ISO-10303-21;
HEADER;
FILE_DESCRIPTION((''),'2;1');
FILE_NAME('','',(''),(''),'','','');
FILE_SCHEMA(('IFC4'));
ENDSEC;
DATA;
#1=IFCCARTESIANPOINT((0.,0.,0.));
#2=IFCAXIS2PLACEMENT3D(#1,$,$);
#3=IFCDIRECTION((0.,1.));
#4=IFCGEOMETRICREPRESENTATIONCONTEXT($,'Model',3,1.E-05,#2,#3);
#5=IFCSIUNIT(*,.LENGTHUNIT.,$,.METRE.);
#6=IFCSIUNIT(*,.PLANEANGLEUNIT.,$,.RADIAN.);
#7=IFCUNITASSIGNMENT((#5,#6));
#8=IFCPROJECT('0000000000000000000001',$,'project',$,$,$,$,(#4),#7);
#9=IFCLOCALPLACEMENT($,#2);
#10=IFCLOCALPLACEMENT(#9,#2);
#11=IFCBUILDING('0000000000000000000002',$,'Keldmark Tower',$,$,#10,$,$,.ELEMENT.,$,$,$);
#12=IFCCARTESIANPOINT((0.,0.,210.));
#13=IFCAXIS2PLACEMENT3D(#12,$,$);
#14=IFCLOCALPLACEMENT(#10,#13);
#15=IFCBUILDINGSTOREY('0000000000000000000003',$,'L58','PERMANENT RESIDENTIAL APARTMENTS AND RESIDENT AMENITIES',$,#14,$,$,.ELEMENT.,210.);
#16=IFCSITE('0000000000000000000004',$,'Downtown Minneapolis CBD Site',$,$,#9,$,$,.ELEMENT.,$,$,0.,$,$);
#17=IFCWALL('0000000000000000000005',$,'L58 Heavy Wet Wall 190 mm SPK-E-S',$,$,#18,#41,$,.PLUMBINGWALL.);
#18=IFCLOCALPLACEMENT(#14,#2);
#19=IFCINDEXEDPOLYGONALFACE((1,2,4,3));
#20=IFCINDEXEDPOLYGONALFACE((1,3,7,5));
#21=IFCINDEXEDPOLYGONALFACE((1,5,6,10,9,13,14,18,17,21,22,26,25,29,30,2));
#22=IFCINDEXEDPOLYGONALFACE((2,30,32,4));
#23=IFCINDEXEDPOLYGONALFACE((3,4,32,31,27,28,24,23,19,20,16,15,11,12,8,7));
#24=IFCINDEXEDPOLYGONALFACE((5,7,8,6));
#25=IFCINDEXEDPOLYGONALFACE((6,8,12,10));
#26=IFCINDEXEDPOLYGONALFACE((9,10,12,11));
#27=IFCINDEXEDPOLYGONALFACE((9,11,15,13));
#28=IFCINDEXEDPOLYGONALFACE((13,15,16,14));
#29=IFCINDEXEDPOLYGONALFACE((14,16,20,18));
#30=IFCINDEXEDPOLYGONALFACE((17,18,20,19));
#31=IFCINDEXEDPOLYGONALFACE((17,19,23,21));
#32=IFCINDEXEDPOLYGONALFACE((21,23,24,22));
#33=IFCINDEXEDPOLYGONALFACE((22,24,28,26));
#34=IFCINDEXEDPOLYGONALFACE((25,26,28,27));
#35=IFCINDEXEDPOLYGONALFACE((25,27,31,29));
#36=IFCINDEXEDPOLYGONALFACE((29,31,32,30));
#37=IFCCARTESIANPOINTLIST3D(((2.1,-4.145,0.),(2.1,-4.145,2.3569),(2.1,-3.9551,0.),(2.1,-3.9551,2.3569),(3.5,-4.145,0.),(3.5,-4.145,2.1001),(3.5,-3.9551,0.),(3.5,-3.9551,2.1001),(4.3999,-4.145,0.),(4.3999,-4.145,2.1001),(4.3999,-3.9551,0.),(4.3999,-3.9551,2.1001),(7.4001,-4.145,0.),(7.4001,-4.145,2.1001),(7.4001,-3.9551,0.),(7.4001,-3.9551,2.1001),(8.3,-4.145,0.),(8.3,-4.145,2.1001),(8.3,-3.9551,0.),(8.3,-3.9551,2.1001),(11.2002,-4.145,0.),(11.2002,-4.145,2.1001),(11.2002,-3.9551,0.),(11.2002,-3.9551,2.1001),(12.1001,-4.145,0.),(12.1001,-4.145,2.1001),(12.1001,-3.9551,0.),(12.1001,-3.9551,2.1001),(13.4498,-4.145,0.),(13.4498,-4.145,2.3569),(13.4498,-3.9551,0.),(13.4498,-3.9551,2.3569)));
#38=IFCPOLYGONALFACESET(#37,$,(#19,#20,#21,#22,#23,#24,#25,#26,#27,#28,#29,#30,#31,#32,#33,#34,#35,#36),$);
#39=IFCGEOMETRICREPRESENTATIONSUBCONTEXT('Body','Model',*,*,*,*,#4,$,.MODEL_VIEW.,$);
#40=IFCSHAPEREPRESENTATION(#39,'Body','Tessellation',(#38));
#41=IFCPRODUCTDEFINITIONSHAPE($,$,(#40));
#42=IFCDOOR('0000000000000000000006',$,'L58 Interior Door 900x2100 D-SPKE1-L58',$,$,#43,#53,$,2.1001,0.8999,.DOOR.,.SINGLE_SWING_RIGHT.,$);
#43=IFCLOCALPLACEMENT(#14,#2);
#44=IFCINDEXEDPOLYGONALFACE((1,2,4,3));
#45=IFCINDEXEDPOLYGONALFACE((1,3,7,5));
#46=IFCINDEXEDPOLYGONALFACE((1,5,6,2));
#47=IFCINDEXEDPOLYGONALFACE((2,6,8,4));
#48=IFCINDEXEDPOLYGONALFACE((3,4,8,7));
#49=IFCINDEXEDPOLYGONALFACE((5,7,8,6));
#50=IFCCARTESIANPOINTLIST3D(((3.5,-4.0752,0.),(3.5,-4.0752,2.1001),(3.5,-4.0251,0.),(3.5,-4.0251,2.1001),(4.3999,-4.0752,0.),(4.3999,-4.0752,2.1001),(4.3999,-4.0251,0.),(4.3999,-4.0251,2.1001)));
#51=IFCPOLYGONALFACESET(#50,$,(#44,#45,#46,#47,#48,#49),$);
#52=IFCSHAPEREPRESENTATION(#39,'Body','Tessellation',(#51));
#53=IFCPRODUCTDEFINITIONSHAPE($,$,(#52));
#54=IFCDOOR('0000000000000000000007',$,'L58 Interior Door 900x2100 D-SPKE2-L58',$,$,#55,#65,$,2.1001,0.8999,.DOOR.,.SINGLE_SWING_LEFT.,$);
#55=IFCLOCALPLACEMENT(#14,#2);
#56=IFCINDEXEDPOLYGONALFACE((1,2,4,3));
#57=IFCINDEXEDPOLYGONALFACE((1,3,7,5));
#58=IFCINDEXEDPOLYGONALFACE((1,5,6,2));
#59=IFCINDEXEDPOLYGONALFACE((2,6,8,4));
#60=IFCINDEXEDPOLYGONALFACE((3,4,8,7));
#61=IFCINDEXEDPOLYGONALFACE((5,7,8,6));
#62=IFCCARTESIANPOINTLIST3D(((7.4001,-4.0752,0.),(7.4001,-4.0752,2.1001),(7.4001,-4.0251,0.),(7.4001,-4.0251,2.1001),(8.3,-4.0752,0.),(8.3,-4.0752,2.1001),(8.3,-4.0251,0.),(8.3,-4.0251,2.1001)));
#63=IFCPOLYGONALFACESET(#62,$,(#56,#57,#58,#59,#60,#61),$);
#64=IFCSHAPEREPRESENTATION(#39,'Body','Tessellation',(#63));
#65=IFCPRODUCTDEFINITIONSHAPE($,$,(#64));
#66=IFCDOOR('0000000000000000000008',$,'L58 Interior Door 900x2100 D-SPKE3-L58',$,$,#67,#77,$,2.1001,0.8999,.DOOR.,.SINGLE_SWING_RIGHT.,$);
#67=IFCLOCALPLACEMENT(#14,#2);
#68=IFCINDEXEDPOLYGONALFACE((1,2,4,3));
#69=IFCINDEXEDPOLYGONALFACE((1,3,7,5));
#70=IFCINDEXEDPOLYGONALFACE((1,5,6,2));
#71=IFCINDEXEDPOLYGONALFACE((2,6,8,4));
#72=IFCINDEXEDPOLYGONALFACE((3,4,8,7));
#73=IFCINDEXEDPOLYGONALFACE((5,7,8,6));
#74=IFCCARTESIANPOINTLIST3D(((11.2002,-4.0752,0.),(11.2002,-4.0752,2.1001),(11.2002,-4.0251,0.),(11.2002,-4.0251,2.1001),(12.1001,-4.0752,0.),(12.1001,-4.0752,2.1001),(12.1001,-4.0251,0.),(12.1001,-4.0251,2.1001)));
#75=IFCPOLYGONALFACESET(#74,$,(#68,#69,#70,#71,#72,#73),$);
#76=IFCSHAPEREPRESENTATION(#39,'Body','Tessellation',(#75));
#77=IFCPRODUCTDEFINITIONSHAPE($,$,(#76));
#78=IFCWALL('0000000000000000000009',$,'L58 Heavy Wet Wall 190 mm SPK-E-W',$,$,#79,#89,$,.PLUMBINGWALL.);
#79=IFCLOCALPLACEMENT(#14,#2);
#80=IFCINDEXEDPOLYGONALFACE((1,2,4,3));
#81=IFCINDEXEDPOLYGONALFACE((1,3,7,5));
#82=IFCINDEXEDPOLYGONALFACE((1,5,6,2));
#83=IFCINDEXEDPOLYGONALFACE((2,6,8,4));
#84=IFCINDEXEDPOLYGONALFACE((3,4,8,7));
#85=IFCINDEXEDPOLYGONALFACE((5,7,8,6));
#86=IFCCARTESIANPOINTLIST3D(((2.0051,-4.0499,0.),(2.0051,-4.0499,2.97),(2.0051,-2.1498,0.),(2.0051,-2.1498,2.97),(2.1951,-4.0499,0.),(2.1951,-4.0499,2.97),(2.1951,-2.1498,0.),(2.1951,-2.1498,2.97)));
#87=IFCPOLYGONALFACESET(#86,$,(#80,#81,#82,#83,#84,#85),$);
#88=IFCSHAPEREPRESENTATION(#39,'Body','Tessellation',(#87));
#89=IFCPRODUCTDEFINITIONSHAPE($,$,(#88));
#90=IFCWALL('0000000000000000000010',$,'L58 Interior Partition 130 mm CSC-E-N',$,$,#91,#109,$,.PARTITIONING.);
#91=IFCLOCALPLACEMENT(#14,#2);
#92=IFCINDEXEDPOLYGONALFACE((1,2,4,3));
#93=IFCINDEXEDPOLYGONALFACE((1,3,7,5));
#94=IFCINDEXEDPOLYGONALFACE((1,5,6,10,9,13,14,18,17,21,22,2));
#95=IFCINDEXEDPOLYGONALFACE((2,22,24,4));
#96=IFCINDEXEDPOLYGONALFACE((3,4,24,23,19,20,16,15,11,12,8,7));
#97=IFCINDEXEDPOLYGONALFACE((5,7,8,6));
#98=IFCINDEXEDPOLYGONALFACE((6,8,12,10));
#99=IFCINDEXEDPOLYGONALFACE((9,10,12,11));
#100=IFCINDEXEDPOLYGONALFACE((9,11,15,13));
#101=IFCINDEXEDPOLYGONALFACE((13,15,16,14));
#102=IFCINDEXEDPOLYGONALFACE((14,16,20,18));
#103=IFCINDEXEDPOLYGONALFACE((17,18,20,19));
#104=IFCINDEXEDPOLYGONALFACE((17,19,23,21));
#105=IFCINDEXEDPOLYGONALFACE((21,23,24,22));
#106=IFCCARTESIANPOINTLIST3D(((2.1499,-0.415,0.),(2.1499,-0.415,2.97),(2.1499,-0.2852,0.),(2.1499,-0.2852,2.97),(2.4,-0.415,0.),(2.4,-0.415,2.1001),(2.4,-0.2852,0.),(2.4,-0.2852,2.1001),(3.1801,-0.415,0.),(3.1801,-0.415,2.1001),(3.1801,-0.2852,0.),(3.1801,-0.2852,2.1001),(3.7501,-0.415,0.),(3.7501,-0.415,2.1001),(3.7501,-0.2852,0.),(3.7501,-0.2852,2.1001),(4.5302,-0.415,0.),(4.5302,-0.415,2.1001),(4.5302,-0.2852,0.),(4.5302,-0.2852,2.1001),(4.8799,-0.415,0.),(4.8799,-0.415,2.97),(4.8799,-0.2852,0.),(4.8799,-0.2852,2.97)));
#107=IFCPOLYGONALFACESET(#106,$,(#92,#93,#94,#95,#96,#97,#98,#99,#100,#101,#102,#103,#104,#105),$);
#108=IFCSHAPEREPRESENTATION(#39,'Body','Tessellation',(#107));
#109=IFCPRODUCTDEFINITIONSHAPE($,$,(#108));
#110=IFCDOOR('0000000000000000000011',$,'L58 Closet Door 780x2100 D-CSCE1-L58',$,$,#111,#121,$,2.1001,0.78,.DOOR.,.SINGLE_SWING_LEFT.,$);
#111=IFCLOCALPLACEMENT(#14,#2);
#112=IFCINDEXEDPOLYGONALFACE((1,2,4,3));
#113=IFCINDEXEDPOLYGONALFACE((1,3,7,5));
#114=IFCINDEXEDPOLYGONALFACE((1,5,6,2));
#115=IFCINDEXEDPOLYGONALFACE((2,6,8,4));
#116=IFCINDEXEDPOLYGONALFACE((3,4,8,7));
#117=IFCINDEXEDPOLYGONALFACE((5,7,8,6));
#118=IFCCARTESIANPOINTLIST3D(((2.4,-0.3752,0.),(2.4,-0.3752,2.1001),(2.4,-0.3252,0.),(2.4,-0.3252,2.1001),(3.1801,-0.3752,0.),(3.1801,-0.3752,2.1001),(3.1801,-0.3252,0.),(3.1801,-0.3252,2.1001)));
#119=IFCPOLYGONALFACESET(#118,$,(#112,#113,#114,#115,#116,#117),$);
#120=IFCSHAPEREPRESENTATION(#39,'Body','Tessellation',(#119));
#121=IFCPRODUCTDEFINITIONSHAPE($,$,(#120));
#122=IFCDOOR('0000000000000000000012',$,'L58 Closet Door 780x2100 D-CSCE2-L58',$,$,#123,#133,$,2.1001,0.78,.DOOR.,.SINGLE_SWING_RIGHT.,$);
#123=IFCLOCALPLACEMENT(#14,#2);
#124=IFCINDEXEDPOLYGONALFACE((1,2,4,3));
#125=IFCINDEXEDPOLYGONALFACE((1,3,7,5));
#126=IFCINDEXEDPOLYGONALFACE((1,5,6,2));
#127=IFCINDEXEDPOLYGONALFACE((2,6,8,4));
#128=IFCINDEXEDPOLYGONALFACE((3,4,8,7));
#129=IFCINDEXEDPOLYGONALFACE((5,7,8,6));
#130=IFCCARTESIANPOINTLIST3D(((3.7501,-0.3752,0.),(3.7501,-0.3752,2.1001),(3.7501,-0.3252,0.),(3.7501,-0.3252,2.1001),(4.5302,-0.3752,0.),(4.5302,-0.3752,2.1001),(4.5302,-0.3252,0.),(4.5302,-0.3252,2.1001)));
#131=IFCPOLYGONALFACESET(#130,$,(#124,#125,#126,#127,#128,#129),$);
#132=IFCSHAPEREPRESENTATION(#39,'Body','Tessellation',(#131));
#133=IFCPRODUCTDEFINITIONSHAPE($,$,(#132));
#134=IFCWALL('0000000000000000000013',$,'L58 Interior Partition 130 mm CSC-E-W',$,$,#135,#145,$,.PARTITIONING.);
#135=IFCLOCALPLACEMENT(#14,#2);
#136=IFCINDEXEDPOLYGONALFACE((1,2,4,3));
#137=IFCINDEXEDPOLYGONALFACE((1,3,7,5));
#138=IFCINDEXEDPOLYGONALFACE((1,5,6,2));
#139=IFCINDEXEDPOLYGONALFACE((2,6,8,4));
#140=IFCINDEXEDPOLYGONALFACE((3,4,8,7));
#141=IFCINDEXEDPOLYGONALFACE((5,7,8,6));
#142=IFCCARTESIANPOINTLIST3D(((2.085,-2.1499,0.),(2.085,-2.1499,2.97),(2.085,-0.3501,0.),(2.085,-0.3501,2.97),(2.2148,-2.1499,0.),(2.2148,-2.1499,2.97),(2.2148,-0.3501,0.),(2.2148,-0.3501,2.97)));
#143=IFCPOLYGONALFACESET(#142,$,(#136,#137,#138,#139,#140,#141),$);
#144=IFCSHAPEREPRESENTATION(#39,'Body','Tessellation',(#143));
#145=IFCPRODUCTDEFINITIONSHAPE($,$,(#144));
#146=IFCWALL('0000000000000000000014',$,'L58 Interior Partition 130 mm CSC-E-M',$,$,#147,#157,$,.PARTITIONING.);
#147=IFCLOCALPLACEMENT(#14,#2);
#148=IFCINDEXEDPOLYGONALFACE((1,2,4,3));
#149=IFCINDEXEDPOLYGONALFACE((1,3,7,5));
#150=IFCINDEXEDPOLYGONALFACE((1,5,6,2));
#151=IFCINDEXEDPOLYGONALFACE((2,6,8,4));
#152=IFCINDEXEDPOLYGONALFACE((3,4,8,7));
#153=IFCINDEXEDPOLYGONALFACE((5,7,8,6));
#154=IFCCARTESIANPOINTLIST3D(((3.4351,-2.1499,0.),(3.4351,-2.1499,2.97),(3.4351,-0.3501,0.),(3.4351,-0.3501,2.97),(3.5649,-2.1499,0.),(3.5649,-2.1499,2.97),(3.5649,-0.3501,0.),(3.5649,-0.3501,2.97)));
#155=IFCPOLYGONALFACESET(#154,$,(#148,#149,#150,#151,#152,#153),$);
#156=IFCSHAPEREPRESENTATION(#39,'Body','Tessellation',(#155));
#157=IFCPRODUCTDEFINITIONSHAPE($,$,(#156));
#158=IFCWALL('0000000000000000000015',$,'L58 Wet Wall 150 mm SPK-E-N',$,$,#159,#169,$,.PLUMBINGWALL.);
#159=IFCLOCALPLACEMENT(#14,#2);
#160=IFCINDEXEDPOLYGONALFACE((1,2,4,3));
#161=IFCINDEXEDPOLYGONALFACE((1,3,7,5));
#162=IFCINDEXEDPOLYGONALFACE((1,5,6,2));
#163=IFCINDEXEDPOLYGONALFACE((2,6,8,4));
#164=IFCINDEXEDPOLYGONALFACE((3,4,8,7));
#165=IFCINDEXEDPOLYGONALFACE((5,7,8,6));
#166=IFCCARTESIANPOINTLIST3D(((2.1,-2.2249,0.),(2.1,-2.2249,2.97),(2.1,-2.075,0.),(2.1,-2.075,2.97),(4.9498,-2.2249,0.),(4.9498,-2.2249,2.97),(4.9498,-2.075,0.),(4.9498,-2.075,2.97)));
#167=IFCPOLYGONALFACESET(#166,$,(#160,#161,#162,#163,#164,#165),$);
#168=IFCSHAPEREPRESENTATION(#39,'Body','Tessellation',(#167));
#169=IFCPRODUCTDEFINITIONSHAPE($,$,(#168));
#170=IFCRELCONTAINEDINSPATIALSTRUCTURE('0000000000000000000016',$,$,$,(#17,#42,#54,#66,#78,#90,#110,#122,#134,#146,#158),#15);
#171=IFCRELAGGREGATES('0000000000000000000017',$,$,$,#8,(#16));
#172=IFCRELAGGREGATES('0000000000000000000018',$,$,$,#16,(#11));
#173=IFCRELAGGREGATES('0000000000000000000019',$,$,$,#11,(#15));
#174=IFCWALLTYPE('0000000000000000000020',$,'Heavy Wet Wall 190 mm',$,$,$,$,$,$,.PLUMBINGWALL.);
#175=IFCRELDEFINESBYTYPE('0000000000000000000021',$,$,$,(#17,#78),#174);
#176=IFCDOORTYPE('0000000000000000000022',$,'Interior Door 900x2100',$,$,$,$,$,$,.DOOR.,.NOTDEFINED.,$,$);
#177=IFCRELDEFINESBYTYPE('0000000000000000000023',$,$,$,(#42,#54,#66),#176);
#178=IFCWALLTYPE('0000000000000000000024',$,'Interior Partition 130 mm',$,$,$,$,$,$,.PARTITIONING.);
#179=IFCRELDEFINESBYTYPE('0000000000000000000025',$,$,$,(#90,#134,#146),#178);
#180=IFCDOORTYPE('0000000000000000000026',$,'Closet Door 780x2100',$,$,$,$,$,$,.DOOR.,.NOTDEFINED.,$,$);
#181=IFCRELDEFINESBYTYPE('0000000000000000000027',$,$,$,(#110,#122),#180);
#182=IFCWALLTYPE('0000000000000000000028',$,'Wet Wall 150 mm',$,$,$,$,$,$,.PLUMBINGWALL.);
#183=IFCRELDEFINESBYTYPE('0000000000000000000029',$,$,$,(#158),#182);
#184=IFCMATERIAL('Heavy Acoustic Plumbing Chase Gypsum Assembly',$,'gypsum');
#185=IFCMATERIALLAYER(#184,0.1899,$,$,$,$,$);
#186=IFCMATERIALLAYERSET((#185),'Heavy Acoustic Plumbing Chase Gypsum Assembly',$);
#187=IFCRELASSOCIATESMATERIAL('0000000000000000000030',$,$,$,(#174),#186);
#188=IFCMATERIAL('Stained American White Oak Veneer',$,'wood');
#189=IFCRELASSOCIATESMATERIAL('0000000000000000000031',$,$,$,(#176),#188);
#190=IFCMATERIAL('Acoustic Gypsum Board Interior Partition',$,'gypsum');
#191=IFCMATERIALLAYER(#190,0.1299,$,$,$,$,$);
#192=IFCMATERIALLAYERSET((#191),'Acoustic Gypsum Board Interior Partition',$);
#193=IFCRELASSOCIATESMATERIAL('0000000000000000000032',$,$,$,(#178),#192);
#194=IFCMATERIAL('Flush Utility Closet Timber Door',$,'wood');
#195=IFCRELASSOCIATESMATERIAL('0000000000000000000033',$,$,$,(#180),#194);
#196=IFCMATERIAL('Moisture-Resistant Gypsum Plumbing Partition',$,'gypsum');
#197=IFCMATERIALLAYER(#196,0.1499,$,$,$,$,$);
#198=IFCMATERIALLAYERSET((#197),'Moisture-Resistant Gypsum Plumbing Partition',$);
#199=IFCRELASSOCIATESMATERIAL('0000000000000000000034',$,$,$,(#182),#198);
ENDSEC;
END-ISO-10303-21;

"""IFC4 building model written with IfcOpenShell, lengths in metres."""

from ifc_helpers import new_model, si_unit, direction, frame, frame_2d, origin, place, context, subcontext, project, spatial, rectangle, extrude, material, layer, layer_set, type_object, element, fill, save


model = new_model("IFC4")

# Units and contexts
model_context = context("Model", 3, precision=1e-05, world=origin(), true_north=direction((0.0, 1.0)))
body_context = subcontext(model_context, "Body", "Model", "MODEL_VIEW")
ifc_project = project(units=[si_unit("LENGTHUNIT", "METRE"), si_unit("PLANEANGLEUNIT", "RADIAN")], contexts=[model_context])

# Site, building, storey
site_placement = place(None, origin())
site = spatial("IfcSite", under=ifc_project, at=site_placement, Name="Downtown Minneapolis CBD Site", CompositionType="ELEMENT", RefElevation=0.0)
building_placement = place(site_placement, origin())
building = spatial("IfcBuilding", under=site, at=building_placement, Name="Keldmark Tower", CompositionType="ELEMENT")
storey_placement = place(building_placement, frame((0.0, 0.0, 210.0)))
storey = spatial("IfcBuildingStorey", under=building, at=storey_placement, Name="L58", Description="PERMANENT RESIDENTIAL APARTMENTS AND RESIDENT AMENITIES", CompositionType="ELEMENT", Elevation=210.0)

# Wall, openings, doors
ifc_material_1 = material(Name="Heavy Acoustic Plumbing Chase Gypsum Assembly", Category="gypsum")
ifc_layer_1 = layer(ifc_material_1, 0.1899)
ifc_layer_set_1 = layer_set([ifc_layer_1], Name="Heavy Acoustic Plumbing Chase Gypsum Assembly")
wall_type_1 = type_object("IfcWallType", Name="Heavy Wet Wall 190 mm", PredefinedType="PLUMBINGWALL", material=ifc_layer_set_1)
wall_1_placement = place(storey_placement, frame((2.1001, -4.05, 0.0), z_axis=(0.0, 0.0, 1.0), x_axis=(1.0, 0.0, 0.0)))
wall_1 = element("IfcWall", 1, at=wall_1_placement, inside=storey, type_object=wall_type_1, Name="L58 Heavy Wet Wall 190 mm SPK-E-S", PredefinedType="PLUMBINGWALL", context=body_context, shape_type="SweptSolid", body=[
    extrude(rectangle(XDim=11.3499, YDim=0.1899, at=frame_2d((5.6748, 0.0))), origin(), (0.0, 0.0, 1.0), 2.3569),
])
opening_1_placement = place(wall_1_placement, frame((1.3999, 0.0, 0.0)))
opening_1 = element("IfcOpeningElement", 2, at=opening_1_placement, cuts=wall_1, PredefinedType="OPENING", context=body_context, shape_type="SweptSolid", body=[
    extrude(rectangle(XDim=0.8999, YDim=2.1001, at=frame_2d((0.45, 1.05))), frame((0.0, 0.105, 0.0), z_axis=(0.0, -1.0, 0.0), x_axis=(1.0, 0.0, 0.0)), (0.0, 0.0, 1.0), 0.21),
])
opening_2_placement = place(wall_1_placement, frame((5.3, 0.0, 0.0)))
opening_2 = element("IfcOpeningElement", 3, at=opening_2_placement, cuts=wall_1, PredefinedType="OPENING", context=body_context, shape_type="SweptSolid", body=[
    extrude(rectangle(XDim=0.8999, YDim=2.1001, at=frame_2d((0.45, 1.05))), frame((0.0, 0.105, 0.0), z_axis=(0.0, -1.0, 0.0), x_axis=(1.0, 0.0, 0.0)), (0.0, 0.0, 1.0), 0.21),
])
opening_3_placement = place(wall_1_placement, frame((9.1001, 0.0, 0.0)))
opening_3 = element("IfcOpeningElement", 4, at=opening_3_placement, cuts=wall_1, PredefinedType="OPENING", context=body_context, shape_type="SweptSolid", body=[
    extrude(rectangle(XDim=0.8999, YDim=2.1001, at=frame_2d((0.45, 1.05))), frame((0.0, 0.105, 0.0), z_axis=(0.0, -1.0, 0.0), x_axis=(1.0, 0.0, 0.0)), (0.0, 0.0, 1.0), 0.21),
])
ifc_material_2 = material(Name="Stained American White Oak Veneer", Category="wood")
door_type_1 = type_object("IfcDoorType", Name="Interior Door 900x2100", OperationType="NOTDEFINED", PredefinedType="DOOR", material=ifc_material_2)
door_1_placement = place(opening_1_placement, origin())
door_1 = element("IfcDoor", 5, at=door_1_placement, inside=storey, type_object=door_type_1, Name="L58 Interior Door 900x2100 D-SPKE1-L58", OperationType="SINGLE_SWING_RIGHT", OverallHeight=2.1001, OverallWidth=0.8999, PredefinedType="DOOR", context=body_context, shape_type="SweptSolid", body=[
    extrude(rectangle(XDim=0.8999, YDim=2.1001, at=frame_2d((0.45, 1.05))), frame((0.0, 0.0249, 0.0), z_axis=(0.0, -1.0, 0.0), x_axis=(1.0, 0.0, 0.0)), (0.0, 0.0, 1.0), 0.05),
])
fill(opening_1, door_1)
door_2_placement = place(opening_2_placement, origin())
door_2 = element("IfcDoor", 6, at=door_2_placement, inside=storey, type_object=door_type_1, Name="L58 Interior Door 900x2100 D-SPKE2-L58", OperationType="SINGLE_SWING_LEFT", OverallHeight=2.1001, OverallWidth=0.8999, PredefinedType="DOOR", context=body_context, shape_type="SweptSolid", body=[
    extrude(rectangle(XDim=0.8999, YDim=2.1001, at=frame_2d((0.45, 1.05))), frame((0.0, 0.0249, 0.0), z_axis=(0.0, -1.0, 0.0), x_axis=(1.0, 0.0, 0.0)), (0.0, 0.0, 1.0), 0.05),
])
fill(opening_2, door_2)
door_3_placement = place(opening_3_placement, origin())
door_3 = element("IfcDoor", 7, at=door_3_placement, inside=storey, type_object=door_type_1, Name="L58 Interior Door 900x2100 D-SPKE3-L58", OperationType="SINGLE_SWING_RIGHT", OverallHeight=2.1001, OverallWidth=0.8999, PredefinedType="DOOR", context=body_context, shape_type="SweptSolid", body=[
    extrude(rectangle(XDim=0.8999, YDim=2.1001, at=frame_2d((0.45, 1.05))), frame((0.0, 0.0249, 0.0), z_axis=(0.0, -1.0, 0.0), x_axis=(1.0, 0.0, 0.0)), (0.0, 0.0, 1.0), 0.05),
])
fill(opening_3, door_3)

# Wall
wall_2_placement = place(storey_placement, frame((2.1001, -4.05, 0.0), z_axis=(0.0, 0.0, 1.0), x_axis=(0.0, 1.0, 0.0)))
element("IfcWall", 8, at=wall_2_placement, inside=storey, type_object=wall_type_1, Name="L58 Heavy Wet Wall 190 mm SPK-E-W", PredefinedType="PLUMBINGWALL", context=body_context, shape_type="SweptSolid", body=[
    extrude(rectangle(XDim=1.9001, YDim=0.1899, at=frame_2d((0.9502, 0.0))), origin(), (0.0, 0.0, 1.0), 2.97),
])

# Wall, openings, doors
ifc_material_3 = material(Name="Acoustic Gypsum Board Interior Partition", Category="gypsum")
ifc_layer_2 = layer(ifc_material_3, 0.1299)
ifc_layer_set_2 = layer_set([ifc_layer_2], Name="Acoustic Gypsum Board Interior Partition")
wall_type_2 = type_object("IfcWallType", Name="Interior Partition 130 mm", PredefinedType="PARTITIONING", material=ifc_layer_set_2)
wall_3_placement = place(storey_placement, frame((2.1499, -0.3501, 0.0), z_axis=(0.0, 0.0, 1.0), x_axis=(1.0, 0.0, 0.0)))
wall_3 = element("IfcWall", 9, at=wall_3_placement, inside=storey, type_object=wall_type_2, Name="L58 Interior Partition 130 mm CSC-E-N", PredefinedType="PARTITIONING", context=body_context, shape_type="SweptSolid", body=[
    extrude(rectangle(XDim=2.73, YDim=0.1299, at=frame_2d((1.365, 0.0))), origin(), (0.0, 0.0, 1.0), 2.97),
])
opening_4_placement = place(wall_3_placement, frame((0.25, 0.0, 0.0)))
opening_4 = element("IfcOpeningElement", 10, at=opening_4_placement, cuts=wall_3, PredefinedType="OPENING", context=body_context, shape_type="SweptSolid", body=[
    extrude(rectangle(XDim=0.78, YDim=2.1001, at=frame_2d((0.3901, 1.05))), frame((0.0, 0.075, 0.0), z_axis=(0.0, -1.0, 0.0), x_axis=(1.0, 0.0, 0.0)), (0.0, 0.0, 1.0), 0.1499),
])
opening_5_placement = place(wall_3_placement, frame((1.6001, 0.0, 0.0)))
opening_5 = element("IfcOpeningElement", 11, at=opening_5_placement, cuts=wall_3, PredefinedType="OPENING", context=body_context, shape_type="SweptSolid", body=[
    extrude(rectangle(XDim=0.78, YDim=2.1001, at=frame_2d((0.3901, 1.05))), frame((0.0, 0.075, 0.0), z_axis=(0.0, -1.0, 0.0), x_axis=(1.0, 0.0, 0.0)), (0.0, 0.0, 1.0), 0.1499),
])
ifc_material_4 = material(Name="Flush Utility Closet Timber Door", Category="wood")
door_type_2 = type_object("IfcDoorType", Name="Closet Door 780x2100", OperationType="NOTDEFINED", PredefinedType="DOOR", material=ifc_material_4)
door_4_placement = place(opening_4_placement, origin())
door_4 = element("IfcDoor", 12, at=door_4_placement, inside=storey, type_object=door_type_2, Name="L58 Closet Door 780x2100 D-CSCE1-L58", OperationType="SINGLE_SWING_LEFT", OverallHeight=2.1001, OverallWidth=0.78, PredefinedType="DOOR", context=body_context, shape_type="SweptSolid", body=[
    extrude(rectangle(XDim=0.78, YDim=2.1001, at=frame_2d((0.3901, 1.05))), frame((0.0, 0.0249, 0.0), z_axis=(0.0, -1.0, 0.0), x_axis=(1.0, 0.0, 0.0)), (0.0, 0.0, 1.0), 0.05),
])
fill(opening_4, door_4)
door_5_placement = place(opening_5_placement, origin())
door_5 = element("IfcDoor", 13, at=door_5_placement, inside=storey, type_object=door_type_2, Name="L58 Closet Door 780x2100 D-CSCE2-L58", OperationType="SINGLE_SWING_RIGHT", OverallHeight=2.1001, OverallWidth=0.78, PredefinedType="DOOR", context=body_context, shape_type="SweptSolid", body=[
    extrude(rectangle(XDim=0.78, YDim=2.1001, at=frame_2d((0.3901, 1.05))), frame((0.0, 0.0249, 0.0), z_axis=(0.0, -1.0, 0.0), x_axis=(1.0, 0.0, 0.0)), (0.0, 0.0, 1.0), 0.05),
])
fill(opening_5, door_5)

# Walls
for number, where, z_axis, x_axis, name in (
    (14, (2.1499, -2.1499, 0.0), (0.0, 0.0, 1.0), (0.0, 1.0, 0.0), "L58 Interior Partition 130 mm CSC-E-W"),
    (15, (3.5, -2.1499, 0.0), (0.0, 0.0, 1.0), (0.0, 1.0, 0.0), "L58 Interior Partition 130 mm CSC-E-M"),
):
    element("IfcWall", number, at=place(storey_placement, frame(where, z_axis=z_axis, x_axis=x_axis)), inside=storey, type_object=wall_type_2, Name=name, PredefinedType="PARTITIONING", context=body_context, shape_type="SweptSolid", body=[
        extrude(rectangle(XDim=1.7998, YDim=0.1299, at=frame_2d((0.8999, 0.0))), origin(), (0.0, 0.0, 1.0), 2.97),
    ])
ifc_material_5 = material(Name="Moisture-Resistant Gypsum Plumbing Partition", Category="gypsum")
ifc_layer_3 = layer(ifc_material_5, 0.1499)
ifc_layer_set_3 = layer_set([ifc_layer_3], Name="Moisture-Resistant Gypsum Plumbing Partition")
wall_type_3 = type_object("IfcWallType", Name="Wet Wall 150 mm", PredefinedType="PLUMBINGWALL", material=ifc_layer_set_3)
wall_4_placement = place(storey_placement, frame((2.1001, -2.1499, 0.0), z_axis=(0.0, 0.0, 1.0), x_axis=(1.0, 0.0, 0.0)))
element("IfcWall", 16, at=wall_4_placement, inside=storey, type_object=wall_type_3, Name="L58 Wet Wall 150 mm SPK-E-N", PredefinedType="PLUMBINGWALL", context=body_context, shape_type="SweptSolid", body=[
    extrude(rectangle(XDim=2.8499, YDim=0.1499, at=frame_2d((1.4248, 0.0))), origin(), (0.0, 0.0, 1.0), 2.97),
])

save(model, "model.ifc")
